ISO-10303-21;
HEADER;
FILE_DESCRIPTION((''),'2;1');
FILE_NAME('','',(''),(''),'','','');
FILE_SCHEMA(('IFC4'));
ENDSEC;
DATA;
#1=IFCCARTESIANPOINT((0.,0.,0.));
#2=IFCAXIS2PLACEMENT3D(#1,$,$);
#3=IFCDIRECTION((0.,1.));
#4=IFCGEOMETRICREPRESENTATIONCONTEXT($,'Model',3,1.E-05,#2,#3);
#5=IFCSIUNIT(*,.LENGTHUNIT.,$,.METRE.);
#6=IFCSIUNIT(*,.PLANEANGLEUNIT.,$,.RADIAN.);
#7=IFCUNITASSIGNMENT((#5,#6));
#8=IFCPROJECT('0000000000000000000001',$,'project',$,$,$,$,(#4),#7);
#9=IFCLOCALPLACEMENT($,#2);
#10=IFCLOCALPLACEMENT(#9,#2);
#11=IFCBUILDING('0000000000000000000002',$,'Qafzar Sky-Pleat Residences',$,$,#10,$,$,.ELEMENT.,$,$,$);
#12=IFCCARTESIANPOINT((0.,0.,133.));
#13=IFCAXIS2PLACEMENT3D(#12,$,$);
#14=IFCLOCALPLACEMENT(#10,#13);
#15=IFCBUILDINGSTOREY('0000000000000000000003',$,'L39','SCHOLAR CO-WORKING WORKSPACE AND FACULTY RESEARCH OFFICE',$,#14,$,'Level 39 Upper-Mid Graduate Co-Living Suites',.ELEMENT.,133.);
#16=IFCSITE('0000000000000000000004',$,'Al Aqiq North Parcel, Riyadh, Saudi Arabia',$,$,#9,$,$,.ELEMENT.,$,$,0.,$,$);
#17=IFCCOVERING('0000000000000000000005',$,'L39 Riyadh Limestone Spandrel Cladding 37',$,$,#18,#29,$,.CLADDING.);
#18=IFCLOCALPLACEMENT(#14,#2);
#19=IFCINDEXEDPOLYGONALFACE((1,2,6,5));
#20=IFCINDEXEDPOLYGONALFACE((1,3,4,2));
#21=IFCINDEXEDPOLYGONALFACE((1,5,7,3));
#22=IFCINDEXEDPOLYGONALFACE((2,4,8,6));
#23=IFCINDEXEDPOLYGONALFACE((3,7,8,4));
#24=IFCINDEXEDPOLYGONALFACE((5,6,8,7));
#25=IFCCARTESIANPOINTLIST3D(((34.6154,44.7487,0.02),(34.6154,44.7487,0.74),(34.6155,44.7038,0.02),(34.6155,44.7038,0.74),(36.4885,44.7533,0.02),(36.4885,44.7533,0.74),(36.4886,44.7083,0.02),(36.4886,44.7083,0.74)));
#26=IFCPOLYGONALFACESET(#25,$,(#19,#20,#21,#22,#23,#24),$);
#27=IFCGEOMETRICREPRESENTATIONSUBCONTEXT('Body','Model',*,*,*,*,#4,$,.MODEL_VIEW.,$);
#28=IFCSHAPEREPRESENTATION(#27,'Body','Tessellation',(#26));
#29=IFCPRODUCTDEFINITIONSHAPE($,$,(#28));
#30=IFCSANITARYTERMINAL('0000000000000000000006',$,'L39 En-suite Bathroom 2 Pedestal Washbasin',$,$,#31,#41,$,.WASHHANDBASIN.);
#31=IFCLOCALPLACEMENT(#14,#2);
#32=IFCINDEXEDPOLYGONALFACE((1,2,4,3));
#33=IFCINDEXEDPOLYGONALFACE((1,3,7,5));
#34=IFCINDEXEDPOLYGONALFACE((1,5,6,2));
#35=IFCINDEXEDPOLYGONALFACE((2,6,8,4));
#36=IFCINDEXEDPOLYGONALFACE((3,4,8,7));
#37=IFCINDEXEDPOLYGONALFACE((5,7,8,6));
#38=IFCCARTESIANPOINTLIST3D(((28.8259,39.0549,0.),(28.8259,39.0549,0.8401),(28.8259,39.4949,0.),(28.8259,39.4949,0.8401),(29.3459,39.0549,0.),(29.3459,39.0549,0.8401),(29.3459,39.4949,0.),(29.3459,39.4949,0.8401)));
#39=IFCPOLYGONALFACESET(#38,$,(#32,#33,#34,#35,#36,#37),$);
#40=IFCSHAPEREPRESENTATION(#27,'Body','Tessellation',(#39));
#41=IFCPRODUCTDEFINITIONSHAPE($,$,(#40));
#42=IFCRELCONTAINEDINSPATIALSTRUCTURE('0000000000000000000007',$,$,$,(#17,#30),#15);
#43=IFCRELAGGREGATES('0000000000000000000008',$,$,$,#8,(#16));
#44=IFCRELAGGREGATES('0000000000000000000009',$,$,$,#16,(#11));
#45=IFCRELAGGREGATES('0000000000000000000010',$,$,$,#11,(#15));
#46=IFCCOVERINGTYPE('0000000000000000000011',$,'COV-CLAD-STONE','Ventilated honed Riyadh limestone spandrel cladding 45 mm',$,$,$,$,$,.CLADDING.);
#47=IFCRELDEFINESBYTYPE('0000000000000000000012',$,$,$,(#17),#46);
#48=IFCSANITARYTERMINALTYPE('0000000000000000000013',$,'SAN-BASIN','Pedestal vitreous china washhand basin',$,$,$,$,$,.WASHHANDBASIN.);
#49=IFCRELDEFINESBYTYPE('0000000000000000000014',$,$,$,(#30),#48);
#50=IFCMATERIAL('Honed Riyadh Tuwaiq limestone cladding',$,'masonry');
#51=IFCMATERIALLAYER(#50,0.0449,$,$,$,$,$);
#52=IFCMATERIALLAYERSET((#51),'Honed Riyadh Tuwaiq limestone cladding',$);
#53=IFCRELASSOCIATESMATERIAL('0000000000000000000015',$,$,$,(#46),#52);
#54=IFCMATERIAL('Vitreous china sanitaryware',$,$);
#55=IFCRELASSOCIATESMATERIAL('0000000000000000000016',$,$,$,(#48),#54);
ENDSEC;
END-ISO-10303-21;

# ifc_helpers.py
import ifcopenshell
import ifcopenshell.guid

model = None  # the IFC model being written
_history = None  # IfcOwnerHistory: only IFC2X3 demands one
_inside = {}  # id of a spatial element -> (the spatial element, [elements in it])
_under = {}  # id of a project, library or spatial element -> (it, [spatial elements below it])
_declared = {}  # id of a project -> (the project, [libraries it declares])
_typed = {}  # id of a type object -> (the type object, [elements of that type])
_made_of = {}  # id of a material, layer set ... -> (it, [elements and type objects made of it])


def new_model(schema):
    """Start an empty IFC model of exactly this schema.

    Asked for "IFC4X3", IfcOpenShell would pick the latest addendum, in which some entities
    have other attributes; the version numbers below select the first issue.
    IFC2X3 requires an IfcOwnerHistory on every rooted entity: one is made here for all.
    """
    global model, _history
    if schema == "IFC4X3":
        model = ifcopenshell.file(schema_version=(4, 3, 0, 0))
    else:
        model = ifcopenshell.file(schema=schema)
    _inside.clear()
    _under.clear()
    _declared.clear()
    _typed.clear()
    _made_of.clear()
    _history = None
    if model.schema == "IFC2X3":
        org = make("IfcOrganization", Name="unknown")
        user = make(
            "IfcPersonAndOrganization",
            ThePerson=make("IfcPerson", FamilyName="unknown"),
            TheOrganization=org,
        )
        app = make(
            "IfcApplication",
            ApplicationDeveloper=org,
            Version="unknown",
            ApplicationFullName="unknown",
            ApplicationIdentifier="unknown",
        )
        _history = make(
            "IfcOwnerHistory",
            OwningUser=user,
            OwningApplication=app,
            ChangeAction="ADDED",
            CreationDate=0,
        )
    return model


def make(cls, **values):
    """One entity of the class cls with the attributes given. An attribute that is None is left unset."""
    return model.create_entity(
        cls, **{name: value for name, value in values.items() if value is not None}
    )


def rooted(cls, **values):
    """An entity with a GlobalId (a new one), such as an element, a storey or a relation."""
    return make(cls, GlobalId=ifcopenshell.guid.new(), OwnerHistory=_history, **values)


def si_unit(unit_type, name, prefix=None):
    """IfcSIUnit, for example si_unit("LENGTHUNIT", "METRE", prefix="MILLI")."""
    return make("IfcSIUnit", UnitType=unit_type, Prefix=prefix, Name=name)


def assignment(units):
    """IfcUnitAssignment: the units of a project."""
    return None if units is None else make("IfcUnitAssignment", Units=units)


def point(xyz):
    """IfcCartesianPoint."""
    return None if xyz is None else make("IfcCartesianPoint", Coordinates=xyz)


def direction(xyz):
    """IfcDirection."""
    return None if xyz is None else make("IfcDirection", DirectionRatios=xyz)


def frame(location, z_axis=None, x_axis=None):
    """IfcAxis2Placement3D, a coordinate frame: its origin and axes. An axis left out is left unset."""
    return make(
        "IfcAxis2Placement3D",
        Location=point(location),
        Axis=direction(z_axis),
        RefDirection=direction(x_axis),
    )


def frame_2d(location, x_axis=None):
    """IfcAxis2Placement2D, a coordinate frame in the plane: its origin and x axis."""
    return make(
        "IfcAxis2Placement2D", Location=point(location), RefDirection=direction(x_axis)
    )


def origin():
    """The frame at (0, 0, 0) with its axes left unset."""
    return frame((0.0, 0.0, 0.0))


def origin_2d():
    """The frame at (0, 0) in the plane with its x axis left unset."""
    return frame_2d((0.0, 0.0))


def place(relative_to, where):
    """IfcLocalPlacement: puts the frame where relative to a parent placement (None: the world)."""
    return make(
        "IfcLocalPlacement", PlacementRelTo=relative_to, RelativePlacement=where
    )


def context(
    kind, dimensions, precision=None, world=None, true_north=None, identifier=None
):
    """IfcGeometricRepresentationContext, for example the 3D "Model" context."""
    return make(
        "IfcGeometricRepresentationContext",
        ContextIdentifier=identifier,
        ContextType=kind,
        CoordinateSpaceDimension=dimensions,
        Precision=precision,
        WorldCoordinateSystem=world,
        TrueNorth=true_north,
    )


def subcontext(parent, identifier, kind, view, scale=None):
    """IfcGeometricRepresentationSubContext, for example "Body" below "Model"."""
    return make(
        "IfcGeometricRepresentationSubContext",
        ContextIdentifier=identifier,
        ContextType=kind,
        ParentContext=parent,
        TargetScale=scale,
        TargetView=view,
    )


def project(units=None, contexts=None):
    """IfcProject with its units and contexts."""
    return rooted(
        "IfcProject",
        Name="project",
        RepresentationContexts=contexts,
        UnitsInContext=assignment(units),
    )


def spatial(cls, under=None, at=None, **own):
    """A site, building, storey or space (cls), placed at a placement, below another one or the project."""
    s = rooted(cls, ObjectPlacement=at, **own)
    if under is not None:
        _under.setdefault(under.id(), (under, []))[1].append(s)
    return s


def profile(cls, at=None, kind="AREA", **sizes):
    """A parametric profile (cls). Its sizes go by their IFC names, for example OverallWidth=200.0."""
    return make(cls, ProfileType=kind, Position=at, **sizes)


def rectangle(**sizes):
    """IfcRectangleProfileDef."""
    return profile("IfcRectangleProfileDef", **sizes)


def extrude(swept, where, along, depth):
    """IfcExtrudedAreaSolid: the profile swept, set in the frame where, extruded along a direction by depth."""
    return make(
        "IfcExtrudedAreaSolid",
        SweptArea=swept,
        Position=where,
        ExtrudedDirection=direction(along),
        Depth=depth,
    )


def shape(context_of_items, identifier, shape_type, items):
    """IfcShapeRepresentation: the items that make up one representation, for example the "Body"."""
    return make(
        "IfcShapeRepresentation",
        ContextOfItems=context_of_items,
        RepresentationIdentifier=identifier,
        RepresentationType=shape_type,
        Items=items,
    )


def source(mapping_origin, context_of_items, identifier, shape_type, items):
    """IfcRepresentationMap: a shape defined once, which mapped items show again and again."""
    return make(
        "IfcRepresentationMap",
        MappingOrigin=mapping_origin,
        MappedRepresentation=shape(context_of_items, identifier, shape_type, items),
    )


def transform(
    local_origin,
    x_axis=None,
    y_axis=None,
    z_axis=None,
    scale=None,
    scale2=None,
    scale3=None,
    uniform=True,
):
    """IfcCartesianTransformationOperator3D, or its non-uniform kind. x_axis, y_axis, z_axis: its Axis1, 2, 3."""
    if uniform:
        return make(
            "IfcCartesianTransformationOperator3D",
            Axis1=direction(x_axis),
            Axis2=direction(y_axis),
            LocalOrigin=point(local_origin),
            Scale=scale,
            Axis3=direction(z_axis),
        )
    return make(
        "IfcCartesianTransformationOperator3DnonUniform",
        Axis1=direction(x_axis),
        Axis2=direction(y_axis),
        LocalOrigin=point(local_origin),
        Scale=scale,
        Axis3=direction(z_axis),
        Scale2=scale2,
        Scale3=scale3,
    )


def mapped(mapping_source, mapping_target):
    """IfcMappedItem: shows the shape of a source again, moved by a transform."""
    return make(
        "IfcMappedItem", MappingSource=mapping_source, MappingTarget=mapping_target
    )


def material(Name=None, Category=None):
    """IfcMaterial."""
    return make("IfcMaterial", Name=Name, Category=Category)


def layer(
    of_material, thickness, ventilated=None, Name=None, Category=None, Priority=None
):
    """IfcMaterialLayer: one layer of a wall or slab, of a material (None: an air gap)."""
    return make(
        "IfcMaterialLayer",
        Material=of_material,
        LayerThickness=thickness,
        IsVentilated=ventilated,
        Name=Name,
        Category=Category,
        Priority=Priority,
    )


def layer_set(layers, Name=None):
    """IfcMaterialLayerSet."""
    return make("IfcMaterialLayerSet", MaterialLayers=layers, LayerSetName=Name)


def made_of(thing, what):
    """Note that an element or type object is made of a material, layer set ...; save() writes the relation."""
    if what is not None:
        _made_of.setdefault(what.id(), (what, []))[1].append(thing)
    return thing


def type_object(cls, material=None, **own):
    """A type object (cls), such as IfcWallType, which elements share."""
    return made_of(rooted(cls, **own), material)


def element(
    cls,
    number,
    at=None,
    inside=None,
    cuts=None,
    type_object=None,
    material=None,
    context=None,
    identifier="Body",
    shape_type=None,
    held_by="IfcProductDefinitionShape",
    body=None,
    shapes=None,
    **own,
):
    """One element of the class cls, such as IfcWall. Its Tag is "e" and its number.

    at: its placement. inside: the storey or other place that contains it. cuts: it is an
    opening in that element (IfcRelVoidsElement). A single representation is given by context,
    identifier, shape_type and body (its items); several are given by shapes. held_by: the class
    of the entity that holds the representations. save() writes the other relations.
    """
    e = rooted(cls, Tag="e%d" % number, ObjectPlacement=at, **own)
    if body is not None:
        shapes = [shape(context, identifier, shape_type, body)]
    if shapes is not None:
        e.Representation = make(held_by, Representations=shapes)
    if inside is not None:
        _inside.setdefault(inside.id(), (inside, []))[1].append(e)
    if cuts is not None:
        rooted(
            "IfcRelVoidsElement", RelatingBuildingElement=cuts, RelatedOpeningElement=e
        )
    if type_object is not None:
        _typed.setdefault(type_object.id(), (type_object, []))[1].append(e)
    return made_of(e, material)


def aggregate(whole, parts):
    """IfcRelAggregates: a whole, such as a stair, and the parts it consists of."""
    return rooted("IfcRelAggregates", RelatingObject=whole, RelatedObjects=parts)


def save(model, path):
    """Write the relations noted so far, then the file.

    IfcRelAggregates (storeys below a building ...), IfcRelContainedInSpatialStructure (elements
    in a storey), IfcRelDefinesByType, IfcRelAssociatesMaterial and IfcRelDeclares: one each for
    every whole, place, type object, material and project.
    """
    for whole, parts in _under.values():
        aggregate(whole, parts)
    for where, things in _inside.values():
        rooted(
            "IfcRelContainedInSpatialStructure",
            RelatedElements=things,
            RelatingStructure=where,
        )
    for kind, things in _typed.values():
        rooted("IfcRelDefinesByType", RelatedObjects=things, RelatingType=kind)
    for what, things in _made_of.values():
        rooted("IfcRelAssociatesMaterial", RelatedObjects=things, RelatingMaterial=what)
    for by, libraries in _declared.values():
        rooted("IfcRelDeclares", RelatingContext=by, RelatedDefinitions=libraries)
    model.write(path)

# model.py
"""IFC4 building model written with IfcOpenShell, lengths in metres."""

from ifc_helpers import new_model, si_unit, direction, frame, origin, origin_2d, place, context, subcontext, project, spatial, rectangle, extrude, source, transform, mapped, material, layer, layer_set, type_object, element, save


model = new_model("IFC4")

# Units and contexts
model_context = context("Model", 3, precision=1e-05, world=origin(), true_north=direction((0.0, 1.0)))
body_context = subcontext(model_context, "Body", "Model", "MODEL_VIEW")
ifc_project = project(units=[si_unit("LENGTHUNIT", "METRE"), si_unit("PLANEANGLEUNIT", "RADIAN")], contexts=[model_context])

# Site, building, storey
site_placement = place(None, origin())
site = spatial("IfcSite", under=ifc_project, at=site_placement, Name="Al Aqiq North Parcel, Riyadh, Saudi Arabia", CompositionType="ELEMENT", RefElevation=0.0)
building_placement = place(site_placement, origin())
building = spatial("IfcBuilding", under=site, at=building_placement, Name="Qafzar Sky-Pleat Residences", CompositionType="ELEMENT")
storey_placement = place(building_placement, frame((0.0, 0.0, 133.0)))
storey = spatial("IfcBuildingStorey", under=building, at=storey_placement, Name="L39", Description="SCHOLAR CO-WORKING WORKSPACE AND FACULTY RESEARCH OFFICE", LongName="Level 39 Upper-Mid Graduate Co-Living Suites", CompositionType="ELEMENT", Elevation=133.0)

# Covering
ifc_material_1 = material(Name="Honed Riyadh Tuwaiq limestone cladding", Category="masonry")
ifc_layer_1 = layer(ifc_material_1, 0.0449)
ifc_layer_set_1 = layer_set([ifc_layer_1], Name="Honed Riyadh Tuwaiq limestone cladding")
covering_type = type_object("IfcCoveringType", Name="COV-CLAD-STONE", Description="Ventilated honed Riyadh limestone spandrel cladding 45 mm", PredefinedType="CLADDING", material=ifc_layer_set_1)
shared_shape_1 = source(origin(), body_context, "Body", "SweptSolid", [
    extrude(rectangle(XDim=1.873, YDim=0.0449, at=origin_2d()), origin(), (0.0, 0.0, 1.0), 0.72),
])
covering_placement = place(storey_placement, frame((35.552, 44.7285, 0.02), z_axis=(0.0, 0.0, 1.0), x_axis=(-0.999997, -0.002451, 0.0)))
element("IfcCovering", 1, at=covering_placement, inside=storey, type_object=covering_type, Name="L39 Riyadh Limestone Spandrel Cladding 37", PredefinedType="CLADDING", context=body_context, shape_type="MappedRepresentation", body=[
    mapped(shared_shape_1, transform((0.0, 0.0, 0.0), x_axis=(1.0, 0.0, 0.0), y_axis=(0.0, 1.0, 0.0), z_axis=(0.0, 0.0, 1.0), scale=1.0)),
])

# Sanitary terminal
ifc_material_2 = material(Name="Vitreous china sanitaryware")
sanitary_terminal_type = type_object("IfcSanitaryTerminalType", Name="SAN-BASIN", Description="Pedestal vitreous china washhand basin", PredefinedType="WASHHANDBASIN", material=ifc_material_2)
shared_shape_2 = source(origin(), body_context, "Body", "SweptSolid", [
    extrude(rectangle(XDim=0.52, YDim=0.4399, at=origin_2d()), origin(), (0.0, 0.0, 1.0), 0.8401),
])
sanitary_terminal_placement = place(storey_placement, frame((29.0859, 39.2749, 0.0), z_axis=(0.0, 0.0, 1.0), x_axis=(1.0, 0.0, 0.0)))
element("IfcSanitaryTerminal", 2, at=sanitary_terminal_placement, inside=storey, type_object=sanitary_terminal_type, Name="L39 En-suite Bathroom 2 Pedestal Washbasin", PredefinedType="WASHHANDBASIN", context=body_context, shape_type="MappedRepresentation", body=[
    mapped(shared_shape_2, transform((0.0, 0.0, 0.0), x_axis=(1.0, 0.0, 0.0), y_axis=(0.0, 1.0, 0.0), z_axis=(0.0, 0.0, 1.0), scale=1.0)),
])

save(model, "model.ifc")
